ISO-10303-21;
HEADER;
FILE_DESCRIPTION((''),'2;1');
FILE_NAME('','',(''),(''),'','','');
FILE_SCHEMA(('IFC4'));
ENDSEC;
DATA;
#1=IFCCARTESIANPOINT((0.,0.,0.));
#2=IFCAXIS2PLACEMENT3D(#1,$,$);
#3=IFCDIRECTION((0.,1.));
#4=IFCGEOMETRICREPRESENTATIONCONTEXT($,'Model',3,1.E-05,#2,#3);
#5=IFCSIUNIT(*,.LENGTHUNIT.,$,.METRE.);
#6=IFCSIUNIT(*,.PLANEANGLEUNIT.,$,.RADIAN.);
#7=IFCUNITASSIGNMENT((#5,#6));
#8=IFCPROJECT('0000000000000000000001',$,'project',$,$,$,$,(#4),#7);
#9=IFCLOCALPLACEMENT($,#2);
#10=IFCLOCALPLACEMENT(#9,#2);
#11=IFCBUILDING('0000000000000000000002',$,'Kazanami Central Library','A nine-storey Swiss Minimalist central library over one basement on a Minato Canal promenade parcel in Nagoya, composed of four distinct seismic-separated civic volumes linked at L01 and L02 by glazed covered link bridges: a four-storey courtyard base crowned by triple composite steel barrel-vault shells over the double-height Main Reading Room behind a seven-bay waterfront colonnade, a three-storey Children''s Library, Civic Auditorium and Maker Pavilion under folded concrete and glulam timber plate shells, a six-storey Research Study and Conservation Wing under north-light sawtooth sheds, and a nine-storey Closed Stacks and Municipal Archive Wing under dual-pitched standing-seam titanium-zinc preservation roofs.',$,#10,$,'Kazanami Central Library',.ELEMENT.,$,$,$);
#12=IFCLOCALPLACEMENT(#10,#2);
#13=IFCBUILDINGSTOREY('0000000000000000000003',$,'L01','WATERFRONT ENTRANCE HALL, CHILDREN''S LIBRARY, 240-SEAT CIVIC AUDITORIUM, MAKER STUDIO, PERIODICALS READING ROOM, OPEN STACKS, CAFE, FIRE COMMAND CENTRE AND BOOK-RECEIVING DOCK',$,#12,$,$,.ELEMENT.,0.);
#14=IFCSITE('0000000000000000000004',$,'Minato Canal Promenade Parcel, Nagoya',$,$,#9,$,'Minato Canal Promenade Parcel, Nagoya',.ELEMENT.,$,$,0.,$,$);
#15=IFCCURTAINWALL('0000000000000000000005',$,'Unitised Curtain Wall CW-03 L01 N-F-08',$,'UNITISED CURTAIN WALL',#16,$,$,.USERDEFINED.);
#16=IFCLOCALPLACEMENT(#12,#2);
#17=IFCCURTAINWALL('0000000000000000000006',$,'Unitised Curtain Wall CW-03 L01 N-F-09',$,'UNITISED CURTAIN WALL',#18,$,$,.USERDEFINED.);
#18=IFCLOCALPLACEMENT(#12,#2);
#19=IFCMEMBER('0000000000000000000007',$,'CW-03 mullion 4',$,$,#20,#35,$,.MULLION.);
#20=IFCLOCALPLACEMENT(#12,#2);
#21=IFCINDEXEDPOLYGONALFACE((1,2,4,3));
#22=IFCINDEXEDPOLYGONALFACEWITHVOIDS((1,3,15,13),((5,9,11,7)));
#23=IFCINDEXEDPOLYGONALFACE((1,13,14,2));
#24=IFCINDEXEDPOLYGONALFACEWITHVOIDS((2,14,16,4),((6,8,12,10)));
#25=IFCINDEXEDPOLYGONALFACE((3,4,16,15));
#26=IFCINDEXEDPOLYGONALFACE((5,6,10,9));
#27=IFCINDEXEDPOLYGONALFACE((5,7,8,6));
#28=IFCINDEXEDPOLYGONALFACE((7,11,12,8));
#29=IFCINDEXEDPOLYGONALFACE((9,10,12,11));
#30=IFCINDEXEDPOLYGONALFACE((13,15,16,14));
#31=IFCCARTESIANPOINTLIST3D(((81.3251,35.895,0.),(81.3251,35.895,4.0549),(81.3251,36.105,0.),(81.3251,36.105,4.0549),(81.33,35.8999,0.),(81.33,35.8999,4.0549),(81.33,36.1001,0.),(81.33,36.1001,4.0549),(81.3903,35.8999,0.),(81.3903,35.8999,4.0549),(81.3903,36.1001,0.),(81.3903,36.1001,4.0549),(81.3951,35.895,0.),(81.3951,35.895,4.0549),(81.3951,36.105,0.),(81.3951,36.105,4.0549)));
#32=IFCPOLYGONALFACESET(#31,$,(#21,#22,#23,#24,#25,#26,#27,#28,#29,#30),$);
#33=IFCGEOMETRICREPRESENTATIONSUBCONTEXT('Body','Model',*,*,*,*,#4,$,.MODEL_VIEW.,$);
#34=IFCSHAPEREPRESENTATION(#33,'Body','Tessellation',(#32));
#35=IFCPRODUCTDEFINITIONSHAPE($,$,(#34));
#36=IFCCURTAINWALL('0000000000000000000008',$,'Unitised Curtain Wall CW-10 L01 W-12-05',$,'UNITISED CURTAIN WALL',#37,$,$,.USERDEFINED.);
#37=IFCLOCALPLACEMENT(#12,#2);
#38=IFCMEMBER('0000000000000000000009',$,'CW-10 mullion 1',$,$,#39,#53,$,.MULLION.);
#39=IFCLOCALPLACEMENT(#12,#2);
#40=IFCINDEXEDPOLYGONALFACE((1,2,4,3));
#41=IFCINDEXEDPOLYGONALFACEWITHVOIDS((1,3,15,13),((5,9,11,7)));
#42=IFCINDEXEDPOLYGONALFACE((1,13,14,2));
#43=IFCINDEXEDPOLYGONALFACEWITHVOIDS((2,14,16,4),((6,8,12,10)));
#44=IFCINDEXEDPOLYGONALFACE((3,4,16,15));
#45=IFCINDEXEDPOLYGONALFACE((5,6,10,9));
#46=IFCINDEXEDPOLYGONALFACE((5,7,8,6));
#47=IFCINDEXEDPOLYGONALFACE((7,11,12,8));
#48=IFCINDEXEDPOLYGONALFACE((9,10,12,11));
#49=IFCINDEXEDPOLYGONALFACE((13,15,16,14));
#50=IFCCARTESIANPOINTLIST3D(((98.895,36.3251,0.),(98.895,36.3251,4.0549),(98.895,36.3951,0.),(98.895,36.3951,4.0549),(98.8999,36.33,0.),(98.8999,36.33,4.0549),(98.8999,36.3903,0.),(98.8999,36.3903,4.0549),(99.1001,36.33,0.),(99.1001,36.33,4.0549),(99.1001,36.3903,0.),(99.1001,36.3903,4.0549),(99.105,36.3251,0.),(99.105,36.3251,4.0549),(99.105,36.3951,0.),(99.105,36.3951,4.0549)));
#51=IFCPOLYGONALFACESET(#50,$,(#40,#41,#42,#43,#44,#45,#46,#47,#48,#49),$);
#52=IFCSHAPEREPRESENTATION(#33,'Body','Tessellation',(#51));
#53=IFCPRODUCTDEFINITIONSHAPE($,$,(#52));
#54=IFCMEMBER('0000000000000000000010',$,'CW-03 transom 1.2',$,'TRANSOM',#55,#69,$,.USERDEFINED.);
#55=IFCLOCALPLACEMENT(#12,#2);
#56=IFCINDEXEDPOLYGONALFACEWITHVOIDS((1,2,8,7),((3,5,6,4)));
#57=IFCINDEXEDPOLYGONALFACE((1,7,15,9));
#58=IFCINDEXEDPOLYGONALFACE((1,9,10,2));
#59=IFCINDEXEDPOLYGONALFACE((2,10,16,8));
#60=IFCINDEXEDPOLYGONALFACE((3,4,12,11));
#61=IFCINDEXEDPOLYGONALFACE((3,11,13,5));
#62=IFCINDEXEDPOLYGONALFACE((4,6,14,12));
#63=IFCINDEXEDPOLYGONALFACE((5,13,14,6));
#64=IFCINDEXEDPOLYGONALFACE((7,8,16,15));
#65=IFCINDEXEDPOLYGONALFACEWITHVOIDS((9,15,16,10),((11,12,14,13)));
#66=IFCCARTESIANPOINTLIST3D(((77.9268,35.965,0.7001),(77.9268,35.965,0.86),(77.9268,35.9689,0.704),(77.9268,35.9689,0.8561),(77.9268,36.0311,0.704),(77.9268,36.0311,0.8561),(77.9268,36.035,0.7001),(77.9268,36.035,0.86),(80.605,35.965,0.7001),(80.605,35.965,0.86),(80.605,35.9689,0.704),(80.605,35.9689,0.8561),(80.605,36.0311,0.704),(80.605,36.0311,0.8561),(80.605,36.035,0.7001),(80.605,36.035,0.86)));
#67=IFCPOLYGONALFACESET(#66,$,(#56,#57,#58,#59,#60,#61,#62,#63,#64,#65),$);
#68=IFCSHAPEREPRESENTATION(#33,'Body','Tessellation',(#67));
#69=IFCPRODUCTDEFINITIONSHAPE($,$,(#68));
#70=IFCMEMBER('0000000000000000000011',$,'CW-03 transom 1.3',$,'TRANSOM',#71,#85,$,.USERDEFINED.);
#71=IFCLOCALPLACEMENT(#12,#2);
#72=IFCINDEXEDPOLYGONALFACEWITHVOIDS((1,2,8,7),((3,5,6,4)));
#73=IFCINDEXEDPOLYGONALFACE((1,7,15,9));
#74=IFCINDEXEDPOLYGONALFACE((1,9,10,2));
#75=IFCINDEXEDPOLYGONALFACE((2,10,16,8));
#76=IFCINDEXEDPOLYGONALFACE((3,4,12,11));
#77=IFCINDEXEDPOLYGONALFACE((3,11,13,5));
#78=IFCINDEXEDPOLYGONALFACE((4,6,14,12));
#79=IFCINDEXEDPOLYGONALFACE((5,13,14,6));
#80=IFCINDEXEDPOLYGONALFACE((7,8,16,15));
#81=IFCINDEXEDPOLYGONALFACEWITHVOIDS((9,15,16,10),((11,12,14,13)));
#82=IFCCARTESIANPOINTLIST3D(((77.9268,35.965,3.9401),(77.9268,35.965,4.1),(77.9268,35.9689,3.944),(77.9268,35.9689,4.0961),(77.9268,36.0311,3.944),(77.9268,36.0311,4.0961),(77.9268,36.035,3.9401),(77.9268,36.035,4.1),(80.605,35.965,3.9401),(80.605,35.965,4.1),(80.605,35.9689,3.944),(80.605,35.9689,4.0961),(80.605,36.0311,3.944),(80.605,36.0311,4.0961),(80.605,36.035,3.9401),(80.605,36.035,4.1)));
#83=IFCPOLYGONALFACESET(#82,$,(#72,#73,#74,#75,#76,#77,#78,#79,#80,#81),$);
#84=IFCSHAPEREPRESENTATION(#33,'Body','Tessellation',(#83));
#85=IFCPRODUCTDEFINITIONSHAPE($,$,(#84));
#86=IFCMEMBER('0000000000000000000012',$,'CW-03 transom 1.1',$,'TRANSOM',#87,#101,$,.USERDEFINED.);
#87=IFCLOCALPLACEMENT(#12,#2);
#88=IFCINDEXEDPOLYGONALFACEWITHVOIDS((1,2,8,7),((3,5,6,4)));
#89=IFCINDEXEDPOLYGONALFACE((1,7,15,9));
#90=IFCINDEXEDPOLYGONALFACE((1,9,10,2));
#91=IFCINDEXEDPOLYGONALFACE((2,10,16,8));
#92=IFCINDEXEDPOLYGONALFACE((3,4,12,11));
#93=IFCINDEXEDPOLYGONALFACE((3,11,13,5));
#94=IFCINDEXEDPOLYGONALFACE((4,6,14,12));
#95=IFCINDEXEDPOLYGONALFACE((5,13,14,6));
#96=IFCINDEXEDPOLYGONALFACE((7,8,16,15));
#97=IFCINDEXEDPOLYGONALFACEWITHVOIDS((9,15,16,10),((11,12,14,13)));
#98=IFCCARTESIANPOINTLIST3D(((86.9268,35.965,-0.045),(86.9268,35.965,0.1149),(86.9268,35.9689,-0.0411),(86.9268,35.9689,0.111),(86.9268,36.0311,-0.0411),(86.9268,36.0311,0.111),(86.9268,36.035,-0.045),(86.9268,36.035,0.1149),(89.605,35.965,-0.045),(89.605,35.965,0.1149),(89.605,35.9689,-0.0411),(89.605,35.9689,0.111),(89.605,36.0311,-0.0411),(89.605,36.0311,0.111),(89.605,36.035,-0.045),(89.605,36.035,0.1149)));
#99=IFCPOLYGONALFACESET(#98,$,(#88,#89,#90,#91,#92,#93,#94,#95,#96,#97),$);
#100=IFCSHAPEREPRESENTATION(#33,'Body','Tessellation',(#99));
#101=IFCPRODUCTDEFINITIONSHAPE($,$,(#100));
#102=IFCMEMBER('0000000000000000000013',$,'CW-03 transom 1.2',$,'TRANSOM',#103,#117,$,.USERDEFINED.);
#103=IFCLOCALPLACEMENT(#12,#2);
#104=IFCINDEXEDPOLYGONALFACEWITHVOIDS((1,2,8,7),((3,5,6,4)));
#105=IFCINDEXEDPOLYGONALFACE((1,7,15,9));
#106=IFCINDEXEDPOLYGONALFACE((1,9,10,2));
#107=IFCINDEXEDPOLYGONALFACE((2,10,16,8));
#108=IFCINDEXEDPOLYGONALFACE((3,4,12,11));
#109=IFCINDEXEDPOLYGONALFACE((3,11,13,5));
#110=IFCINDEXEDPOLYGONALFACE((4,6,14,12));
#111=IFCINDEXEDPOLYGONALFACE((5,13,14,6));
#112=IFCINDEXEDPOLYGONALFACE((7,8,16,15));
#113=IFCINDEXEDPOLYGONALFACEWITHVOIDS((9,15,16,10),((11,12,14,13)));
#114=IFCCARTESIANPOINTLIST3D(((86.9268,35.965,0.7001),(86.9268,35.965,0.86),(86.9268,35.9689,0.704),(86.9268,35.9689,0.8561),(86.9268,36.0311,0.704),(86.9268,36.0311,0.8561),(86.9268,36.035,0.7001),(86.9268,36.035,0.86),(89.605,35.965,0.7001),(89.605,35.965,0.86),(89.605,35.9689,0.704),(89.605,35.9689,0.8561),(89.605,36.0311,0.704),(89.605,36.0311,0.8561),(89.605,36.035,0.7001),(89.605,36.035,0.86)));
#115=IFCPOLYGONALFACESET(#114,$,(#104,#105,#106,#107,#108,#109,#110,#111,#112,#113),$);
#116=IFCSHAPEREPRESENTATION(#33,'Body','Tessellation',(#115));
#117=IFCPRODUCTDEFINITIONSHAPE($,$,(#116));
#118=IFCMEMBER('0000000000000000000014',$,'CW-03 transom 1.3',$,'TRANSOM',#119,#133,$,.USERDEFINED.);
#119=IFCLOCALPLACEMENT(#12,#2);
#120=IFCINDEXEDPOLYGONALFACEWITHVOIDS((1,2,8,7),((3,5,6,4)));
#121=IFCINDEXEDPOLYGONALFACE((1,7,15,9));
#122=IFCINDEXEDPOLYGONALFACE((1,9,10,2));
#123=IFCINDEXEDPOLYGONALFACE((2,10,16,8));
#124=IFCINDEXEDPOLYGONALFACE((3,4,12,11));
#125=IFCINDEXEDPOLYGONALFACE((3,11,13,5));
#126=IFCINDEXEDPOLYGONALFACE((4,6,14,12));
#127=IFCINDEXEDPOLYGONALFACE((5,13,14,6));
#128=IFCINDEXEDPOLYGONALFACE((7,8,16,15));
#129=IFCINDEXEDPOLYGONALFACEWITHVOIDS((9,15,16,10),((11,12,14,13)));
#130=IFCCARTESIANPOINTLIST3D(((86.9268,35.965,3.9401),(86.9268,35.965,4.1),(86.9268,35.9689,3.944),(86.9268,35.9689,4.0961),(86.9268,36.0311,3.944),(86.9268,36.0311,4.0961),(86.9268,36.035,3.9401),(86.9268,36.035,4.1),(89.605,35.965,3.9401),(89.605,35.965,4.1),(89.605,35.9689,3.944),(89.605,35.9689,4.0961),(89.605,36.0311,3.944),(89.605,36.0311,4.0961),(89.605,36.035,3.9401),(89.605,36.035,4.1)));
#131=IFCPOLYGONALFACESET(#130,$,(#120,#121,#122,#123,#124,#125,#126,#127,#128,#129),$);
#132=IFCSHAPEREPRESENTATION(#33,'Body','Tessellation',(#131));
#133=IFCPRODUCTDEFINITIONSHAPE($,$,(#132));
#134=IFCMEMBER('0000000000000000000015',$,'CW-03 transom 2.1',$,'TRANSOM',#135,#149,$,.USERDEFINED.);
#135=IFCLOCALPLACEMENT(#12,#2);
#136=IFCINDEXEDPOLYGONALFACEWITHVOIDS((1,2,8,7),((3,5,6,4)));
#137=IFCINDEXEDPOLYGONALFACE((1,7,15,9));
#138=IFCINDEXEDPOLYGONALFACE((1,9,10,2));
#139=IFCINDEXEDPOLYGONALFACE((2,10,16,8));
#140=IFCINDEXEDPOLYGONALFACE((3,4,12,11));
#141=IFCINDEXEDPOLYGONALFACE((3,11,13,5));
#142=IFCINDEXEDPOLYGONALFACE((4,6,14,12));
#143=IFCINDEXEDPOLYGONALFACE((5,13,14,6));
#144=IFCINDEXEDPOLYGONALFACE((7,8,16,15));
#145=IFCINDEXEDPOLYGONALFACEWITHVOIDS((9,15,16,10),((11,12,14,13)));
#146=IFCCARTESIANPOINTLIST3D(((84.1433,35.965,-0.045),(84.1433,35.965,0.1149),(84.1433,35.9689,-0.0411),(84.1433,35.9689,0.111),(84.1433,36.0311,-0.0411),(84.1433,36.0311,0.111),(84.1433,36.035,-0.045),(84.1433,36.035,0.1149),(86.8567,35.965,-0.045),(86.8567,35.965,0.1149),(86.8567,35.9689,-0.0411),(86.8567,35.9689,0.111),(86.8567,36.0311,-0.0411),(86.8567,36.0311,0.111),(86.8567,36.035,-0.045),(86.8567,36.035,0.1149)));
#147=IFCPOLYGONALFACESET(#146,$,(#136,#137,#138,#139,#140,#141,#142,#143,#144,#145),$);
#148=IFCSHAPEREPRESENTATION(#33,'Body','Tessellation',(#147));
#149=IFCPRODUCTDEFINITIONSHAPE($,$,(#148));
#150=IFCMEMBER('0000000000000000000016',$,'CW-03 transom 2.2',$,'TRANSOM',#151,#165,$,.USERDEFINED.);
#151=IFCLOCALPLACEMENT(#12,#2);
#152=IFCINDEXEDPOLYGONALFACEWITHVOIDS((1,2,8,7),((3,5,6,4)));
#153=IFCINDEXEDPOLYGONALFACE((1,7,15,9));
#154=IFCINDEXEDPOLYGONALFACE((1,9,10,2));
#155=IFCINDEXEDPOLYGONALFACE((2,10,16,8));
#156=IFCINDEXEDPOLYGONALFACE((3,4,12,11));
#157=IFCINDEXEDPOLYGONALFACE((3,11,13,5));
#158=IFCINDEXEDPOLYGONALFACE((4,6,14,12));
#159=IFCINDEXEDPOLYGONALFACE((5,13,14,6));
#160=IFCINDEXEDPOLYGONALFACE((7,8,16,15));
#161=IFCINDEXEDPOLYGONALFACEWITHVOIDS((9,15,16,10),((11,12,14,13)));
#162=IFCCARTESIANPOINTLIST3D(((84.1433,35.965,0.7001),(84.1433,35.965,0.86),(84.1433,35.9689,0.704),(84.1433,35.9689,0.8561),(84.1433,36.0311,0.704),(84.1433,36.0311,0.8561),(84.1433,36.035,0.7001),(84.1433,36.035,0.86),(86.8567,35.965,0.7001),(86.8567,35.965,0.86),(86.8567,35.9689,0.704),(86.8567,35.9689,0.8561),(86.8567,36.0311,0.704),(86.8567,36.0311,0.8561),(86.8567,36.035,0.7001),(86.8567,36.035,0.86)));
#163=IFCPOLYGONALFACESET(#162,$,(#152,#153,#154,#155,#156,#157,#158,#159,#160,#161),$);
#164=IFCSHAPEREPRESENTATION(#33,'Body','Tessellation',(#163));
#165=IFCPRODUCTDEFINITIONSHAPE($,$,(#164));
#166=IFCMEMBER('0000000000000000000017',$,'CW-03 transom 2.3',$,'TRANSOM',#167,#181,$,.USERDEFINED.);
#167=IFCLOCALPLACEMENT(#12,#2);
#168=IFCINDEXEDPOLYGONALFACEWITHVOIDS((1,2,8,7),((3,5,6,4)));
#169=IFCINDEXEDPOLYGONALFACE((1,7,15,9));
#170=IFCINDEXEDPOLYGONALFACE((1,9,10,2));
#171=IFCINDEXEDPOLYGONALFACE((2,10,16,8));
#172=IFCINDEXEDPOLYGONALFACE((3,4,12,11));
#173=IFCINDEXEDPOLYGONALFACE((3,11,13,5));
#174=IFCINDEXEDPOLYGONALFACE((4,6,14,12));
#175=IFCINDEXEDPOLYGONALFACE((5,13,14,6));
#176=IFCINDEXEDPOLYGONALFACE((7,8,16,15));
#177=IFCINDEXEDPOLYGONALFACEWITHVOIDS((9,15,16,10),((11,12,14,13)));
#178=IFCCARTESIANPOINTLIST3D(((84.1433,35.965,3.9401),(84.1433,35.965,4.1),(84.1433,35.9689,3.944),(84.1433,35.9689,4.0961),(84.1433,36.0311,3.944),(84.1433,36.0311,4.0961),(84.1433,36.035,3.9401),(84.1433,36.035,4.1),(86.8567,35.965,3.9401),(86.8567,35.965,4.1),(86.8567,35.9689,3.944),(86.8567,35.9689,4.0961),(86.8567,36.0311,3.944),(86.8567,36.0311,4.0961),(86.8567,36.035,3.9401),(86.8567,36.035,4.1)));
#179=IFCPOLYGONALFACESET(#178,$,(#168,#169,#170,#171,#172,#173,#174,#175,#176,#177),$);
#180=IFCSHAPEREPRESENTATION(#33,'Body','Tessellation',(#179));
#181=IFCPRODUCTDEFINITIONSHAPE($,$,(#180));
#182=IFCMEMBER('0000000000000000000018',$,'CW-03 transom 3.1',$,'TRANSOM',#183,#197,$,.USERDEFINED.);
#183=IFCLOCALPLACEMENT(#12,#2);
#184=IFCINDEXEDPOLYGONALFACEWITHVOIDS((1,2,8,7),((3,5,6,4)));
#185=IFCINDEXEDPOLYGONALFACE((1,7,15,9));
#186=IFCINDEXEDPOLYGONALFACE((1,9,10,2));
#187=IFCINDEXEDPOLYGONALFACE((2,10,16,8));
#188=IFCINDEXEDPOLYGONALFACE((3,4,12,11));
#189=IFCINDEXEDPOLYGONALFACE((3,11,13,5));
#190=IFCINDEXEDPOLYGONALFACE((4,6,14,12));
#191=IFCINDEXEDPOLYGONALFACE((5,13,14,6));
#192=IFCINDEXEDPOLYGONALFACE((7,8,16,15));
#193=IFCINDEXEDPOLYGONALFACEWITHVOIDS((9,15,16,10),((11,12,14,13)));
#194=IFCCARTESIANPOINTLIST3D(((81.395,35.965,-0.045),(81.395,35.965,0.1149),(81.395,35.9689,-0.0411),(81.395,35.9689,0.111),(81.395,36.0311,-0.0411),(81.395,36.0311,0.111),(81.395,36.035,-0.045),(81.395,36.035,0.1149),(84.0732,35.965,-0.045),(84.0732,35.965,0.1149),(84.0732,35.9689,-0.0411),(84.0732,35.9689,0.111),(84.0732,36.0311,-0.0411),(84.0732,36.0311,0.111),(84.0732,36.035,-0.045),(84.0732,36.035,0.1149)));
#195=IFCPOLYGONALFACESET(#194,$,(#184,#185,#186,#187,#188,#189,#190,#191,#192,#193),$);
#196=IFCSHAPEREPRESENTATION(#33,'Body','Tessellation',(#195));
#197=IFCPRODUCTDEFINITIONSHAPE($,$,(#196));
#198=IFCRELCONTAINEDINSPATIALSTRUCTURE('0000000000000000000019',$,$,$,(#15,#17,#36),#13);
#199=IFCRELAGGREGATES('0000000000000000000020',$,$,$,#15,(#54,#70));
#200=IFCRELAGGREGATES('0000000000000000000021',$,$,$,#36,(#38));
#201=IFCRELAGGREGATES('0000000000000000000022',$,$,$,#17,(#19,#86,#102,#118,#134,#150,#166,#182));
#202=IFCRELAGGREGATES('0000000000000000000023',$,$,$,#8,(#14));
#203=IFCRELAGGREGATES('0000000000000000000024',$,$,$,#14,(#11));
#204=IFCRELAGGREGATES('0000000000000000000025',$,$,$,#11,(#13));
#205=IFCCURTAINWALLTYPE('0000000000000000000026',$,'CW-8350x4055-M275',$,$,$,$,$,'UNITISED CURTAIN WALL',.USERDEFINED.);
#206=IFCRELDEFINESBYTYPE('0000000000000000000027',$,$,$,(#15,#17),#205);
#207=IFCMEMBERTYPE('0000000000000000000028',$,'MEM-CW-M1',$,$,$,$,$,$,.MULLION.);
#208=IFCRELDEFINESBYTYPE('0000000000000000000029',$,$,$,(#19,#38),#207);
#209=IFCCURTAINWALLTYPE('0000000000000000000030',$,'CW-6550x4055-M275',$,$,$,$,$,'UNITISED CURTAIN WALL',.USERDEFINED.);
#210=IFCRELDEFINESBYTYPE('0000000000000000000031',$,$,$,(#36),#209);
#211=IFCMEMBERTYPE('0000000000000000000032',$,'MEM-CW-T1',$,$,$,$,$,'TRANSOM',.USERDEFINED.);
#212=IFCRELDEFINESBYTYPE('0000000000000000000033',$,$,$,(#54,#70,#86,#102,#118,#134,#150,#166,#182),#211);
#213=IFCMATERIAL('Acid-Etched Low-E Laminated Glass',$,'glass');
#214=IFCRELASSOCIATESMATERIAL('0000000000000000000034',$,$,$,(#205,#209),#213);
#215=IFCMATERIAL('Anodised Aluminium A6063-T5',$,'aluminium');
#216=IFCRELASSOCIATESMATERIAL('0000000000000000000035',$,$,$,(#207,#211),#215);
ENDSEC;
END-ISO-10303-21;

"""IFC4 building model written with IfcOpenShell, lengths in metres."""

from ifc_helpers import new_model, si_unit, direction, frame, origin, origin_2d, place, context, subcontext, project, spatial, hollow_rectangle, extrude, material, material_profile, profile_set, type_object, element, aggregate, save


model = new_model("IFC4")

# Units and contexts
model_context = context("Model", 3, precision=1e-05, world=origin(), true_north=direction((0.0, 1.0)))
body_context = subcontext(model_context, "Body", "Model", "MODEL_VIEW")
ifc_project = project(units=[si_unit("LENGTHUNIT", "METRE"), si_unit("PLANEANGLEUNIT", "RADIAN")], contexts=[model_context])

# Site, building, storey
site_placement = place(None, origin())
site = spatial("IfcSite", under=ifc_project, at=site_placement, Name="Minato Canal Promenade Parcel, Nagoya", LongName="Minato Canal Promenade Parcel, Nagoya", CompositionType="ELEMENT", RefElevation=0.0)
building_placement = place(site_placement, origin())
building = spatial("IfcBuilding", under=site, at=building_placement, Name="Kazanami Central Library", Description="A nine-storey Swiss Minimalist central library over one basement on a Minato Canal promenade parcel in Nagoya, composed of four distinct seismic-separated civic volumes linked at L01 and L02 by glazed covered link bridges: a four-storey courtyard base crowned by triple composite steel barrel-vault shells over the double-height Main Reading Room behind a seven-bay waterfront colonnade, a three-storey Children's Library, Civic Auditorium and Maker Pavilion under folded concrete and glulam timber plate shells, a six-storey Research Study and Conservation Wing under north-light sawtooth sheds, and a nine-storey Closed Stacks and Municipal Archive Wing under dual-pitched standing-seam titanium-zinc preservation roofs.", LongName="Kazanami Central Library", CompositionType="ELEMENT")
storey_placement = place(building_placement, origin())
storey = spatial("IfcBuildingStorey", under=building, at=storey_placement, Name="L01", Description="WATERFRONT ENTRANCE HALL, CHILDREN'S LIBRARY, 240-SEAT CIVIC AUDITORIUM, MAKER STUDIO, PERIODICALS READING ROOM, OPEN STACKS, CAFE, FIRE COMMAND CENTRE AND BOOK-RECEIVING DOCK", CompositionType="ELEMENT", Elevation=0.0)

# Curtain wall
ifc_material_1 = material(Name="Acid-Etched Low-E Laminated Glass", Category="glass")
curtain_wall_type_1 = type_object("IfcCurtainWallType", Name="CW-8350x4055-M275", ElementType="UNITISED CURTAIN WALL", PredefinedType="USERDEFINED", material=ifc_material_1)
curtain_wall_1_placement = place(storey_placement, origin())
curtain_wall_1 = element("IfcCurtainWall", 1, at=curtain_wall_1_placement, inside=storey, type_object=curtain_wall_type_1, Name="Unitised Curtain Wall CW-03 L01 N-F-08", ObjectType="UNITISED CURTAIN WALL", PredefinedType="USERDEFINED")
ifc_material_2 = material(Name="Anodised Aluminium A6063-T5", Category="aluminium")
ifc_material_profile_1 = material_profile(ifc_material_2, hollow_rectangle(XDim=0.0701, YDim=0.21, WallThickness=0.0049, at=origin_2d()), Name="ALU-MULL-70x210x5")
ifc_profile_set_1 = profile_set([ifc_material_profile_1], Name="Anodised Aluminium A6063-T5")
member_type_1 = type_object("IfcMemberType", Name="MEM-CW-M1", PredefinedType="MULLION", material=ifc_profile_set_1)

# Curtain wall, member
curtain_wall_2_placement = place(storey_placement, origin())
curtain_wall_2 = element("IfcCurtainWall", 2, at=curtain_wall_2_placement, inside=storey, type_object=curtain_wall_type_1, Name="Unitised Curtain Wall CW-03 L01 N-F-09", ObjectType="UNITISED CURTAIN WALL", PredefinedType="USERDEFINED")
member_1_placement = place(storey_placement, frame((81.3601, 36.0, 0.0), z_axis=(0.0, 0.0, 1.0), x_axis=(-1.0, 0.0, 0.0)))
member_1 = element("IfcMember", 3, at=member_1_placement, type_object=member_type_1, Name="CW-03 mullion 4", PredefinedType="MULLION", context=body_context, shape_type="SweptSolid", body=[
    extrude(hollow_rectangle(XDim=0.0701, YDim=0.21, WallThickness=0.0049, at=origin_2d()), origin(), (0.0, 0.0, 1.0), 4.0549),
])

# Curtain wall, member
curtain_wall_type_2 = type_object("IfcCurtainWallType", Name="CW-6550x4055-M275", ElementType="UNITISED CURTAIN WALL", PredefinedType="USERDEFINED", material=ifc_material_1)
curtain_wall_3_placement = place(storey_placement, origin())
curtain_wall_3 = element("IfcCurtainWall", 4, at=curtain_wall_3_placement, inside=storey, type_object=curtain_wall_type_2, Name="Unitised Curtain Wall CW-10 L01 W-12-05", ObjectType="UNITISED CURTAIN WALL", PredefinedType="USERDEFINED")
member_2_placement = place(storey_placement, frame((99.0, 36.3601, 0.0), z_axis=(0.0, 0.0, 1.0), x_axis=(0.0, 1.0, 0.0)))
member_2 = element("IfcMember", 5, at=member_2_placement, type_object=member_type_1, Name="CW-10 mullion 1", PredefinedType="MULLION", context=body_context, shape_type="SweptSolid", body=[
    extrude(hollow_rectangle(XDim=0.0701, YDim=0.21, WallThickness=0.0049, at=origin_2d()), origin(), (0.0, 0.0, 1.0), 4.0549),
])

# Members
ifc_material_profile_2 = material_profile(ifc_material_2, hollow_rectangle(XDim=0.0701, YDim=0.1599, WallThickness=0.0039, at=origin_2d()), Name="ALU-TRAN-70x160x4")
ifc_profile_set_2 = profile_set([ifc_material_profile_2], Name="Anodised Aluminium A6063-T5")
member_type_2 = type_object("IfcMemberType", Name="MEM-CW-T1", ElementType="TRANSOM", PredefinedType="USERDEFINED", material=ifc_profile_set_2)
member_3_placement = place(storey_placement, frame((80.605, 36.0, 0.78), z_axis=(-1.0, 0.0, 0.0), x_axis=(0.0, -1.0, 0.0)))
member_3 = element("IfcMember", 6, at=member_3_placement, type_object=member_type_2, Name="CW-03 transom 1.2", ObjectType="TRANSOM", PredefinedType="USERDEFINED", context=body_context, shape_type="SweptSolid", body=[
    extrude(hollow_rectangle(XDim=0.0701, YDim=0.1599, WallThickness=0.0039, at=origin_2d()), origin(), (0.0, 0.0, 1.0), 2.6782),
])
member_4_placement = place(storey_placement, frame((80.605, 36.0, 4.02), z_axis=(-1.0, 0.0, 0.0), x_axis=(0.0, -1.0, 0.0)))
member_4 = element("IfcMember", 7, at=member_4_placement, type_object=member_type_2, Name="CW-03 transom 1.3", ObjectType="TRANSOM", PredefinedType="USERDEFINED", context=body_context, shape_type="SweptSolid", body=[
    extrude(hollow_rectangle(XDim=0.0701, YDim=0.1599, WallThickness=0.0039, at=origin_2d()), origin(), (0.0, 0.0, 1.0), 2.6782),
])
aggregate(curtain_wall_1, [member_3, member_4])
member_5_placement = place(storey_placement, frame((89.605, 36.0, 0.0349), z_axis=(-1.0, 0.0, 0.0), x_axis=(0.0, -1.0, 0.0)))
member_5 = element("IfcMember", 8, at=member_5_placement, type_object=member_type_2, Name="CW-03 transom 1.1", ObjectType="TRANSOM", PredefinedType="USERDEFINED", context=body_context, shape_type="SweptSolid", body=[
    extrude(hollow_rectangle(XDim=0.0701, YDim=0.1599, WallThickness=0.0039, at=origin_2d()), origin(), (0.0, 0.0, 1.0), 2.6782),
])
member_6_placement = place(storey_placement, frame((89.605, 36.0, 0.78), z_axis=(-1.0, 0.0, 0.0), x_axis=(0.0, -1.0, 0.0)))
member_6 = element("IfcMember", 9, at=member_6_placement, type_object=member_type_2, Name="CW-03 transom 1.2", ObjectType="TRANSOM", PredefinedType="USERDEFINED", context=body_context, shape_type="SweptSolid", body=[
    extrude(hollow_rectangle(XDim=0.0701, YDim=0.1599, WallThickness=0.0039, at=origin_2d()), origin(), (0.0, 0.0, 1.0), 2.6782),
])
member_7_placement = place(storey_placement, frame((89.605, 36.0, 4.02), z_axis=(-1.0, 0.0, 0.0), x_axis=(0.0, -1.0, 0.0)))
member_7 = element("IfcMember", 10, at=member_7_placement, type_object=member_type_2, Name="CW-03 transom 1.3", ObjectType="TRANSOM", PredefinedType="USERDEFINED", context=body_context, shape_type="SweptSolid", body=[
    extrude(hollow_rectangle(XDim=0.0701, YDim=0.1599, WallThickness=0.0039, at=origin_2d()), origin(), (0.0, 0.0, 1.0), 2.6782),
])
member_8_placement = place(storey_placement, frame((86.8567, 36.0, 0.0349), z_axis=(-1.0, 0.0, 0.0), x_axis=(0.0, -1.0, 0.0)))
member_8 = element("IfcMember", 11, at=member_8_placement, type_object=member_type_2, Name="CW-03 transom 2.1", ObjectType="TRANSOM", PredefinedType="USERDEFINED", context=body_context, shape_type="SweptSolid", body=[
    extrude(hollow_rectangle(XDim=0.0701, YDim=0.1599, WallThickness=0.0039, at=origin_2d()), origin(), (0.0, 0.0, 1.0), 2.7134),
])
member_9_placement = place(storey_placement, frame((86.8567, 36.0, 0.78), z_axis=(-1.0, 0.0, 0.0), x_axis=(0.0, -1.0, 0.0)))
member_9 = element("IfcMember", 12, at=member_9_placement, type_object=member_type_2, Name="CW-03 transom 2.2", ObjectType="TRANSOM", PredefinedType="USERDEFINED", context=body_context, shape_type="SweptSolid", body=[
    extrude(hollow_rectangle(XDim=0.0701, YDim=0.1599, WallThickness=0.0039, at=origin_2d()), origin(), (0.0, 0.0, 1.0), 2.7134),
])
member_10_placement = place(storey_placement, frame((86.8567, 36.0, 4.02), z_axis=(-1.0, 0.0, 0.0), x_axis=(0.0, -1.0, 0.0)))
member_10 = element("IfcMember", 13, at=member_10_placement, type_object=member_type_2, Name="CW-03 transom 2.3", ObjectType="TRANSOM", PredefinedType="USERDEFINED", context=body_context, shape_type="SweptSolid", body=[
    extrude(hollow_rectangle(XDim=0.0701, YDim=0.1599, WallThickness=0.0039, at=origin_2d()), origin(), (0.0, 0.0, 1.0), 2.7134),
])
member_11_placement = place(storey_placement, frame((84.0732, 36.0, 0.0349), z_axis=(-1.0, 0.0, 0.0), x_axis=(0.0, -1.0, 0.0)))
member_11 = element("IfcMember", 14, at=member_11_placement, type_object=member_type_2, Name="CW-03 transom 3.1", ObjectType="TRANSOM", PredefinedType="USERDEFINED", context=body_context, shape_type="SweptSolid", body=[
    extrude(hollow_rectangle(XDim=0.0701, YDim=0.1599, WallThickness=0.0039, at=origin_2d()), origin(), (0.0, 0.0, 1.0), 2.6782),
])
aggregate(curtain_wall_3, [member_2])

aggregate(curtain_wall_2, [member_1, member_5, member_6, member_7, member_8, member_9, member_10, member_11])

save(model, "model.ifc")
